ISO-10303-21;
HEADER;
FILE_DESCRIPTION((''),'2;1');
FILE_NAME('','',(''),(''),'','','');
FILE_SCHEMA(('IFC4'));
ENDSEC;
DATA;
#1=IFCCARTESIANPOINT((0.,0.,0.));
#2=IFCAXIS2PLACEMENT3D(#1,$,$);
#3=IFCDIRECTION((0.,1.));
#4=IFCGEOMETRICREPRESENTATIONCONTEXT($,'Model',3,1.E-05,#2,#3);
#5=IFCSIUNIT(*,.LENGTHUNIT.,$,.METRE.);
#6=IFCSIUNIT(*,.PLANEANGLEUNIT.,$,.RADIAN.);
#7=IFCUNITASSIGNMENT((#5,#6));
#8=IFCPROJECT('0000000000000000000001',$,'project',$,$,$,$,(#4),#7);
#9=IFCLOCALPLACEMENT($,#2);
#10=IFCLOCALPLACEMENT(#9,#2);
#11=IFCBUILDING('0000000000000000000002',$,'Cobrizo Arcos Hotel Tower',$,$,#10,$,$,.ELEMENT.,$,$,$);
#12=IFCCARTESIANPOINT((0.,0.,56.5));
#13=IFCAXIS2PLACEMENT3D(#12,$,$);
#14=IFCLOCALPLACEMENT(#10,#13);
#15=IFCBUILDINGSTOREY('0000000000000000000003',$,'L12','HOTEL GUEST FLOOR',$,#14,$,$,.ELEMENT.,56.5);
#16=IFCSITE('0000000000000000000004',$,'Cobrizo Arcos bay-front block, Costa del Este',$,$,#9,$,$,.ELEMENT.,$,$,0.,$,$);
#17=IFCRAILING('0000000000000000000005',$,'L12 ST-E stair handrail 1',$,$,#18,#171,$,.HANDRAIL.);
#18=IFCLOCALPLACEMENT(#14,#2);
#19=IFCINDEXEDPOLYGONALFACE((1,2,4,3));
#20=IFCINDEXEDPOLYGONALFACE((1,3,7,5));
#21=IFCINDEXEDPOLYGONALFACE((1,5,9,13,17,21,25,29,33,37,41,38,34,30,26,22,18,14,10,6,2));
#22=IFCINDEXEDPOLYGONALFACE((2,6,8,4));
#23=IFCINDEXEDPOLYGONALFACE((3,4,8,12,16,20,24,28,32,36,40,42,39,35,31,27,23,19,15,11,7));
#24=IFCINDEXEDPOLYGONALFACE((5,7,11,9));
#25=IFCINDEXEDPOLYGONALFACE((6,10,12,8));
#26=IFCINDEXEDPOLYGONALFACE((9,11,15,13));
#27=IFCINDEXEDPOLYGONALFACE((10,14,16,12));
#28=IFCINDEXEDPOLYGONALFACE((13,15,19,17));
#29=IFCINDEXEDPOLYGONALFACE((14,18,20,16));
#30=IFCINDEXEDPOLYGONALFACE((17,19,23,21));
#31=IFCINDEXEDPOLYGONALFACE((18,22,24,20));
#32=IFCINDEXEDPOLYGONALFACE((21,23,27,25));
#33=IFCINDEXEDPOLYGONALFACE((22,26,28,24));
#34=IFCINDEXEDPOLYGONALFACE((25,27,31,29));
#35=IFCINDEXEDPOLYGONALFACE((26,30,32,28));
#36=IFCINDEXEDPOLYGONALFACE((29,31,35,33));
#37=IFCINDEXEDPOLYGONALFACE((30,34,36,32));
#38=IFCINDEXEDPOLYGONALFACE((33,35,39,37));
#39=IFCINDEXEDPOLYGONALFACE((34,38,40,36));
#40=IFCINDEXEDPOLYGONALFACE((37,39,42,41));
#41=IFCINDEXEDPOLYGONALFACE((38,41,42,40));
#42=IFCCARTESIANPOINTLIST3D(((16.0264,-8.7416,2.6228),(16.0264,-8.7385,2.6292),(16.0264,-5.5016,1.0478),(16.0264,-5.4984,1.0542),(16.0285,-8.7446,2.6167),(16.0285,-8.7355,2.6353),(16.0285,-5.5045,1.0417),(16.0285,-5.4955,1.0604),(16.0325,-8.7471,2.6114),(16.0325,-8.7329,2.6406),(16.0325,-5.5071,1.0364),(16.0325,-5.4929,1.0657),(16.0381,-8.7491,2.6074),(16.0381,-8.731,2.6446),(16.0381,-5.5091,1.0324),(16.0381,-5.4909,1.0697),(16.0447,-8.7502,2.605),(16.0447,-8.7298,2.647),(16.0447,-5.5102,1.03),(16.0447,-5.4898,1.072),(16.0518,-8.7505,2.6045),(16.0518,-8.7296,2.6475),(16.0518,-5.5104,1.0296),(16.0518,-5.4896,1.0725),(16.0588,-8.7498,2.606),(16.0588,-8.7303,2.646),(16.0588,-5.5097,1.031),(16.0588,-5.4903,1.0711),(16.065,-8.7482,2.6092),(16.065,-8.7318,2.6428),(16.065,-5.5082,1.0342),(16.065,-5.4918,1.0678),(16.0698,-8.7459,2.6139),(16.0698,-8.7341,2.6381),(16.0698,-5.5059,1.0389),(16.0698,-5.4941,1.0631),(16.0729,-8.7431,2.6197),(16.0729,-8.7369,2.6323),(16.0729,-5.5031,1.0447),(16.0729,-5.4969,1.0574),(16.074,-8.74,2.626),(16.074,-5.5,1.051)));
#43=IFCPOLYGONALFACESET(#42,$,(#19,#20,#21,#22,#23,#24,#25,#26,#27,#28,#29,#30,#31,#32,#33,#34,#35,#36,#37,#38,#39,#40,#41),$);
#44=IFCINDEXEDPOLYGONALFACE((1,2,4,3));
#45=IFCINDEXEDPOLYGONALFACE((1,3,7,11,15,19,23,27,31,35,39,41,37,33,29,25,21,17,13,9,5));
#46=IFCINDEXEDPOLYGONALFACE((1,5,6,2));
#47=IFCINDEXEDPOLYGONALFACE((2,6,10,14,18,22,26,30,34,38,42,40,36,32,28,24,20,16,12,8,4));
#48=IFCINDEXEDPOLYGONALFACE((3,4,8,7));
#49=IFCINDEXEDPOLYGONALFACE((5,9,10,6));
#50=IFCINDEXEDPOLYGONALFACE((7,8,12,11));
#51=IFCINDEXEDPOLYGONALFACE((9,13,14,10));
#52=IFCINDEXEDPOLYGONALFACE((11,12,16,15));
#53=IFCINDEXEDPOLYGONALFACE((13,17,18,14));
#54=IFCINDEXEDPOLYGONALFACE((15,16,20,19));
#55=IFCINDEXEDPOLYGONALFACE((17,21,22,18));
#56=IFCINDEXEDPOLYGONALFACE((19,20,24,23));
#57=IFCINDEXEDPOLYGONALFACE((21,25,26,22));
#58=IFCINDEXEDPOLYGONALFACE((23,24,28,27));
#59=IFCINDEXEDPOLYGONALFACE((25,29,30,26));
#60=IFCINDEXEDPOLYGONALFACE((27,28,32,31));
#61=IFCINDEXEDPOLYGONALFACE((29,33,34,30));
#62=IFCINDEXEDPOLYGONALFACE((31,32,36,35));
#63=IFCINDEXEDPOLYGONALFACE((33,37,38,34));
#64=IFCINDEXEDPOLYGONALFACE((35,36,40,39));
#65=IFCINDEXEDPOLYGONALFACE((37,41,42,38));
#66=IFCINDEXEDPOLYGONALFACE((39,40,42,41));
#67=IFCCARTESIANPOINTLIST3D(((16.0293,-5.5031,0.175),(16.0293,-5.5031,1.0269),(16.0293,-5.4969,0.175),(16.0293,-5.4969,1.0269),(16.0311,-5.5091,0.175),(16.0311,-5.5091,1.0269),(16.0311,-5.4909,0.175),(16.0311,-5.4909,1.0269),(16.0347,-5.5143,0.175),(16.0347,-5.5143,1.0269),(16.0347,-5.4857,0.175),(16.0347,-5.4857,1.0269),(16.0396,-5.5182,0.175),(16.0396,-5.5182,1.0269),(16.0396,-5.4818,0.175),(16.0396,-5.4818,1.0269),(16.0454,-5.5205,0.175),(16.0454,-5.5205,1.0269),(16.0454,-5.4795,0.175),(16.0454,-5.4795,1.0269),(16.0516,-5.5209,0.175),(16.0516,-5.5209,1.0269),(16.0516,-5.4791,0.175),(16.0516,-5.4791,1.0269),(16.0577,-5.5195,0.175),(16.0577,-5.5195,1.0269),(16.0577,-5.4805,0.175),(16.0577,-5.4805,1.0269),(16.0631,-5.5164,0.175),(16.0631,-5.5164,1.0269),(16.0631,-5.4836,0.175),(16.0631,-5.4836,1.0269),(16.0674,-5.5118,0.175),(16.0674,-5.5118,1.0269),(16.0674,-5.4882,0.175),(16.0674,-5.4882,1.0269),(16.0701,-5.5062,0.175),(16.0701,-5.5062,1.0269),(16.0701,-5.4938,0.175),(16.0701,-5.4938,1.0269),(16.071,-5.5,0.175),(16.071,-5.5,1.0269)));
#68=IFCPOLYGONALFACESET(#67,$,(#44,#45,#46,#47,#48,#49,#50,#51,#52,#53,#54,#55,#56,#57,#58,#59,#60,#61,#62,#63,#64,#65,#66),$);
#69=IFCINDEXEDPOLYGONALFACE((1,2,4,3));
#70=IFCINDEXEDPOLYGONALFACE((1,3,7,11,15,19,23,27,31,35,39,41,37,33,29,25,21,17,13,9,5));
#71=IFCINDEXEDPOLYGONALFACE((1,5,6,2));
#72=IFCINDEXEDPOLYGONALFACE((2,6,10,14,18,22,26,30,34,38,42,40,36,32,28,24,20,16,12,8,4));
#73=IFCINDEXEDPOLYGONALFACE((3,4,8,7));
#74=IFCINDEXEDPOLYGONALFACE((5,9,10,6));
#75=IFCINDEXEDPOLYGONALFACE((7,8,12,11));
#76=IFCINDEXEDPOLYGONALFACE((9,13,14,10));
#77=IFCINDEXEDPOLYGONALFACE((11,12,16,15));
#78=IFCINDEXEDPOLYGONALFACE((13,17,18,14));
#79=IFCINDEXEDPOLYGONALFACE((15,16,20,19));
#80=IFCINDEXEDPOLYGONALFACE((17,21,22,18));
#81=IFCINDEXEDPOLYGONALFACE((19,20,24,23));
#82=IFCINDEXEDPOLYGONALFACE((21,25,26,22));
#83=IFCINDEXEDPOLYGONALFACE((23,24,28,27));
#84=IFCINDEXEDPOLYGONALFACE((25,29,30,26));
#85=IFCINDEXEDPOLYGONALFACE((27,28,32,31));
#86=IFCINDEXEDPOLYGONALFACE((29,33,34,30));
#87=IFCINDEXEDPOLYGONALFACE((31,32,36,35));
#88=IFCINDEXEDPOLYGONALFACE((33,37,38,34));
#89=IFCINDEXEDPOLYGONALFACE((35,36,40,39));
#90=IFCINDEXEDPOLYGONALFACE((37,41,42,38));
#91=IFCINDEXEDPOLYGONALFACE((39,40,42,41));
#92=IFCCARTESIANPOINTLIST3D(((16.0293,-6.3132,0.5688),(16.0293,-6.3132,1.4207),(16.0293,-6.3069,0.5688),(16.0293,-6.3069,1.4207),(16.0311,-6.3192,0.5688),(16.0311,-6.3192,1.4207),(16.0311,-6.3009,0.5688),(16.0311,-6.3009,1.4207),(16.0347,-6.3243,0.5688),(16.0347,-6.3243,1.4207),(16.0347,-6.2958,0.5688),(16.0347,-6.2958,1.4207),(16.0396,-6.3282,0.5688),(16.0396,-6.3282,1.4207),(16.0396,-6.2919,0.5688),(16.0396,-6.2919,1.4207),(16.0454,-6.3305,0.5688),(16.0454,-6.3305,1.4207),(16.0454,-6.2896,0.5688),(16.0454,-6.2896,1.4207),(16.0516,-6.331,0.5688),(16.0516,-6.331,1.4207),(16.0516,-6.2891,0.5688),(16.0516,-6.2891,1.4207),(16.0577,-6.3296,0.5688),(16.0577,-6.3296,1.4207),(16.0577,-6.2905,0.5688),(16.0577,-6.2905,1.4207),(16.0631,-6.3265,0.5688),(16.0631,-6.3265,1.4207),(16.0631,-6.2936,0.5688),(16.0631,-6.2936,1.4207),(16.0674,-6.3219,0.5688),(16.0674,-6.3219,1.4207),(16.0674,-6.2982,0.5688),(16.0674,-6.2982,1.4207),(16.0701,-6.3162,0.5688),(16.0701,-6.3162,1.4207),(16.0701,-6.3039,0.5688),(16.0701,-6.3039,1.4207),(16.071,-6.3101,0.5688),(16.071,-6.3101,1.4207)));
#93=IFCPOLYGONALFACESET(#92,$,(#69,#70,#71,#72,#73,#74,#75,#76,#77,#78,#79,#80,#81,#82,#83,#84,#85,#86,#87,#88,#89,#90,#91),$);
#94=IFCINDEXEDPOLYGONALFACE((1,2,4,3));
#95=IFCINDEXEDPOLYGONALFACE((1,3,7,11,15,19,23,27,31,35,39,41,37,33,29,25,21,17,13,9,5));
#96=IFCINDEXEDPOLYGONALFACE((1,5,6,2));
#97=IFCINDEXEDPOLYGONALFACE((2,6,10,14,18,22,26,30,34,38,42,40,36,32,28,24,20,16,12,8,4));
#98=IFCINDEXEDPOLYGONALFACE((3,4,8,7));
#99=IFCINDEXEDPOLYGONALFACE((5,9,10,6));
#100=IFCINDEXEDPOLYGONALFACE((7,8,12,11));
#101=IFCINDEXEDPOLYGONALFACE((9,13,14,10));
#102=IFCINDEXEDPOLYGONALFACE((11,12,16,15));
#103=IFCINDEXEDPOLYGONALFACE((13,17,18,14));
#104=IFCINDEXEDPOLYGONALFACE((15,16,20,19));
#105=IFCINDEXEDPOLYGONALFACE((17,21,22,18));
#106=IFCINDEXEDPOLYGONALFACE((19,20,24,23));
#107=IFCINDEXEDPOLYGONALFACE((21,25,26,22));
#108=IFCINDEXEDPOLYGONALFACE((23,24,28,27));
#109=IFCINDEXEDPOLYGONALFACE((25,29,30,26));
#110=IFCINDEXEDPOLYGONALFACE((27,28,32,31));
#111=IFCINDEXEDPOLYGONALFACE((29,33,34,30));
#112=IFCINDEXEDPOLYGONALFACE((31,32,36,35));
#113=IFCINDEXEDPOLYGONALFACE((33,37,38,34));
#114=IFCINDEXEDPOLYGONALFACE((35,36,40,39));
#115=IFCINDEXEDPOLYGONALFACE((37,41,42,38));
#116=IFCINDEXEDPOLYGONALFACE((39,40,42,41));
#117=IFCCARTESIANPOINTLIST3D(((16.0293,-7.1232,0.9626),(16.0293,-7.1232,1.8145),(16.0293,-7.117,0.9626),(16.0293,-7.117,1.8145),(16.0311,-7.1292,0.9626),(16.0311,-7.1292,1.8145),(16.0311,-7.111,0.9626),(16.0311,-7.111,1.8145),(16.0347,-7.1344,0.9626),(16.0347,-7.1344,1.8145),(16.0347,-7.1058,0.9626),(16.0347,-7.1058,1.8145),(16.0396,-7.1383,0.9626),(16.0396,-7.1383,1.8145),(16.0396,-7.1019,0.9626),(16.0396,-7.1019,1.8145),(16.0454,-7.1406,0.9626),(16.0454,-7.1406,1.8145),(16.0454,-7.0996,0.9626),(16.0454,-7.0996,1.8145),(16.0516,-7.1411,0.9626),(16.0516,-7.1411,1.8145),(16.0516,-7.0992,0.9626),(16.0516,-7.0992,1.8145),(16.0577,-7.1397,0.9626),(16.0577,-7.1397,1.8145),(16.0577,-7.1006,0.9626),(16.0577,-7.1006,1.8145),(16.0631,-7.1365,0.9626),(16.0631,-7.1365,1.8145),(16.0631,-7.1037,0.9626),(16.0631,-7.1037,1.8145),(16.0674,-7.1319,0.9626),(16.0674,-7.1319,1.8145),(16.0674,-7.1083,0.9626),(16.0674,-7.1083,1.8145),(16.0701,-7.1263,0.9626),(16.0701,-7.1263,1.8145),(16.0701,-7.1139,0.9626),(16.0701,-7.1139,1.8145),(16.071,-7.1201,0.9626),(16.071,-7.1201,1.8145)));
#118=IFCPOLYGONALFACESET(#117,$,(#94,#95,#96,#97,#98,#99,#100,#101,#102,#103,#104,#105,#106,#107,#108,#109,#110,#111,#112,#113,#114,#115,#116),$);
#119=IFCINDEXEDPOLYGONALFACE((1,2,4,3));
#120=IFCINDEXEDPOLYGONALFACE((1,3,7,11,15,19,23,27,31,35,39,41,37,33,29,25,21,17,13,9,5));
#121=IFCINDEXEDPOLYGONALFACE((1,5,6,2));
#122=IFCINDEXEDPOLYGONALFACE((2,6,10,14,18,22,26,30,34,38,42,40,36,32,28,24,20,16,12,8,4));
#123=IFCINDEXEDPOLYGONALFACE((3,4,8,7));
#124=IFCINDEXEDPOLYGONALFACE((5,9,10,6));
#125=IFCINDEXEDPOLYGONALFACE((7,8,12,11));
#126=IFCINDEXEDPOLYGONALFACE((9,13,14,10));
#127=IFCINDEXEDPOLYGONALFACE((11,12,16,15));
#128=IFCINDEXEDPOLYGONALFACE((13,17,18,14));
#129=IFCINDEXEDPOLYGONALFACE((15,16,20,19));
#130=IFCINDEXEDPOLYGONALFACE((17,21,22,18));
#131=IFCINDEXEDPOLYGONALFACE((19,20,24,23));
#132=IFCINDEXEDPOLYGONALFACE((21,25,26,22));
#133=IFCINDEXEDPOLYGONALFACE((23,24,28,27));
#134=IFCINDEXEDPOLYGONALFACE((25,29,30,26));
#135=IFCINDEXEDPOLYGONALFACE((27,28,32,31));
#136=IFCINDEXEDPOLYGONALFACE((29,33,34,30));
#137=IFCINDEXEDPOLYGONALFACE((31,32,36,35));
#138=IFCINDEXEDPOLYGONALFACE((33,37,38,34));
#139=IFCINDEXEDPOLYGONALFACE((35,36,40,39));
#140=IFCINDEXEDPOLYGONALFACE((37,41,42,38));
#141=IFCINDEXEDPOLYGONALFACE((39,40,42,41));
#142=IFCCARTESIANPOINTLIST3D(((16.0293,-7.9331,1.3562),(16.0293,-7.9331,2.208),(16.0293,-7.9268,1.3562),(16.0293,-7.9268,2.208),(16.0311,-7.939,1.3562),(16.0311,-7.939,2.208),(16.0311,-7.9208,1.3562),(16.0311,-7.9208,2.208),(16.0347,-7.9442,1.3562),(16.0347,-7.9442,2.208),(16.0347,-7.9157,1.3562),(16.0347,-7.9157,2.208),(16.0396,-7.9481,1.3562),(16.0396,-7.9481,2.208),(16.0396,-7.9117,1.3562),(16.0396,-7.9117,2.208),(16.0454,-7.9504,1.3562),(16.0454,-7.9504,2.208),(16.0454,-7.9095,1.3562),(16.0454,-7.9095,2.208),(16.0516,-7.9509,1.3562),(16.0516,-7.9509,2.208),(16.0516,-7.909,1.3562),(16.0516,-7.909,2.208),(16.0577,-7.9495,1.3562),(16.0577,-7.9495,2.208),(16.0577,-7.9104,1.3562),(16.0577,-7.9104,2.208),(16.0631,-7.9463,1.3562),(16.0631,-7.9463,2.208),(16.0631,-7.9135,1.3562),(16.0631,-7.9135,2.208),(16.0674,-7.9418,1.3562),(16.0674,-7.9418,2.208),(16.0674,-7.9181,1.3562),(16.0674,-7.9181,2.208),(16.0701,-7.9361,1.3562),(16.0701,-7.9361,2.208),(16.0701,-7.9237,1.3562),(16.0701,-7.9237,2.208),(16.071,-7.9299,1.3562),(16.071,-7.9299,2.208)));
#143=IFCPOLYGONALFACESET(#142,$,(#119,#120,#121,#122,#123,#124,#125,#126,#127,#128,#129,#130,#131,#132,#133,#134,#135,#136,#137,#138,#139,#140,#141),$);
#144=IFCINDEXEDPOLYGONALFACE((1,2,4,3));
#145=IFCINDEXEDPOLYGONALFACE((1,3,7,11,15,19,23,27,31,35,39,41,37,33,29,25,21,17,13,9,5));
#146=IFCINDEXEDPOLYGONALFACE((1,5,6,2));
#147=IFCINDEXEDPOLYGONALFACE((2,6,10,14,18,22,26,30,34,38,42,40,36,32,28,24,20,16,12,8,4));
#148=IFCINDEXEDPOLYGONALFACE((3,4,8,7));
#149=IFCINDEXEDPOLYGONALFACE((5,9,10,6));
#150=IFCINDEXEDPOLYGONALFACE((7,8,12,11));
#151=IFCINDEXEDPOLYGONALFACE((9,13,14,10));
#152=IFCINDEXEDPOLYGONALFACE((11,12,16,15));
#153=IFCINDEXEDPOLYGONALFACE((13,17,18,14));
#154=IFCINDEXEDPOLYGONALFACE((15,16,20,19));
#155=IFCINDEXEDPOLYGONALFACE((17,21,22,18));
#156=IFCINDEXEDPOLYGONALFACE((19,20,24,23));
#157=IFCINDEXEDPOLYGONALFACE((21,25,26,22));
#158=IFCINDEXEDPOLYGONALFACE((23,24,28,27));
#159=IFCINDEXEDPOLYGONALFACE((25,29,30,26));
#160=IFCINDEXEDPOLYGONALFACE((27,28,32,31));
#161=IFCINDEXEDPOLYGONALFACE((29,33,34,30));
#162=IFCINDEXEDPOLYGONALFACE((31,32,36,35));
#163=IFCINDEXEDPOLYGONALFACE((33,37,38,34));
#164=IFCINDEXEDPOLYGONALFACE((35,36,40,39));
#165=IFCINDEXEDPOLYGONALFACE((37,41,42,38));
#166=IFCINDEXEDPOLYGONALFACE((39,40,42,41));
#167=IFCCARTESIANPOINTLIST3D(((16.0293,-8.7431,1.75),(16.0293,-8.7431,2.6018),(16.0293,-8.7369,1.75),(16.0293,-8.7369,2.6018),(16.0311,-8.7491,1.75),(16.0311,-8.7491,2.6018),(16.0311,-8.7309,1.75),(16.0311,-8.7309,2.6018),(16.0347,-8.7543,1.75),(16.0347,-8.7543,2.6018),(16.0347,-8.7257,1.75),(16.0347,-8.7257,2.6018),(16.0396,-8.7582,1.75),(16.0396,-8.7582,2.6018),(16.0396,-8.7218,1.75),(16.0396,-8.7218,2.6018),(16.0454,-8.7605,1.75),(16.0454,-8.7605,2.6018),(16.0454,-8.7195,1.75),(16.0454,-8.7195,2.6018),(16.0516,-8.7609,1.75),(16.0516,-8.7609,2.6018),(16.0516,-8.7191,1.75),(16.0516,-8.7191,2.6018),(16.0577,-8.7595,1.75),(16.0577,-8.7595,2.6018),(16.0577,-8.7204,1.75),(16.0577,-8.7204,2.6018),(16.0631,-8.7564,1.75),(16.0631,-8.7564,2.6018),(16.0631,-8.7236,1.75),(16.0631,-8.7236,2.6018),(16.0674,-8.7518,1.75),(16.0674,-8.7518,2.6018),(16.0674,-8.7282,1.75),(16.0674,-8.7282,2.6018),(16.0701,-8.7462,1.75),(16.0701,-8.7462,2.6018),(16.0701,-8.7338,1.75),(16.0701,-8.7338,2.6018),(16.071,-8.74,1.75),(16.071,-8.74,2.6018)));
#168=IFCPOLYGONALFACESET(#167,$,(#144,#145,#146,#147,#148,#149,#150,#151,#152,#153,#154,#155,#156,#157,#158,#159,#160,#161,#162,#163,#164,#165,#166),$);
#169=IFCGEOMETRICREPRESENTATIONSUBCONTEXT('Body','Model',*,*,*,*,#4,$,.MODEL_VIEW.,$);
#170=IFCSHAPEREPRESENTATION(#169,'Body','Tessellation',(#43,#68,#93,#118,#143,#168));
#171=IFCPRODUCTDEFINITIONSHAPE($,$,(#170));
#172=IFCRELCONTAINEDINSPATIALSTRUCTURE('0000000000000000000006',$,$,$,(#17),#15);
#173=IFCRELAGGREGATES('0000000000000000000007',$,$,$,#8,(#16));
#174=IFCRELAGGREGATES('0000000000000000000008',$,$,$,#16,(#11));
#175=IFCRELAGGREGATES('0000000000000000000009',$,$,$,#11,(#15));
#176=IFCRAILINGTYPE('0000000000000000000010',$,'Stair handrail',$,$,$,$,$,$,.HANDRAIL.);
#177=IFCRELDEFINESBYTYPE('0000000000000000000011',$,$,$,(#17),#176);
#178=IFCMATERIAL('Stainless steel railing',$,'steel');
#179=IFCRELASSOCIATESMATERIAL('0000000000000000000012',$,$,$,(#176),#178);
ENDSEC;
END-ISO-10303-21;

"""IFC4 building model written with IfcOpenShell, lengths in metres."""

from ifc_helpers import new_model, si_unit, direction, frame, origin, origin_2d, place, context, subcontext, project, spatial, circle, extrude, material, type_object, element, save


model = new_model("IFC4")

# Units and contexts
model_context = context("Model", 3, precision=1e-05, world=origin(), true_north=direction((0.0, 1.0)))
body_context = subcontext(model_context, "Body", "Model", "MODEL_VIEW")
ifc_project = project(units=[si_unit("LENGTHUNIT", "METRE"), si_unit("PLANEANGLEUNIT", "RADIAN")], contexts=[model_context])

# Site, building, storey
site_placement = place(None, origin())
site = spatial("IfcSite", under=ifc_project, at=site_placement, Name="Cobrizo Arcos bay-front block, Costa del Este", CompositionType="ELEMENT", RefElevation=0.0)
building_placement = place(site_placement, origin())
building = spatial("IfcBuilding", under=site, at=building_placement, Name="Cobrizo Arcos Hotel Tower", CompositionType="ELEMENT")
storey_placement = place(building_placement, frame((0.0, 0.0, 56.5)))
storey = spatial("IfcBuildingStorey", under=building, at=storey_placement, Name="L12", Description="HOTEL GUEST FLOOR", CompositionType="ELEMENT", Elevation=56.5)

# Railing
ifc_material_1 = material(Name="Stainless steel railing", Category="steel")
railing_type_1 = type_object("IfcRailingType", Name="Stair handrail", PredefinedType="HANDRAIL", material=ifc_material_1)
railing_1_placement = place(storey_placement, frame((16.05, -5.5, 0.175)))
element("IfcRailing", 1, at=railing_1_placement, inside=storey, type_object=railing_type_1, Name="L12 ST-E stair handrail 1", PredefinedType="HANDRAIL", context=body_context, shape_type="SweptSolid", body=[
    extrude(circle(Radius=0.0239, at=origin_2d()), frame((0.0, 0.0, 0.876), z_axis=(0.0, -0.899373, 0.437183), x_axis=(1.0, 0.0, 0.0)), (0.0, 0.0, 1.0), 3.6025),
    extrude(circle(Radius=0.021, at=origin_2d()), origin(), (0.0, 0.0, 1.0), 0.8518),
    extrude(circle(Radius=0.021, at=origin_2d()), frame((0.0, -0.8101, 0.3938)), (0.0, 0.0, 1.0), 0.8518),
    extrude(circle(Radius=0.021, at=origin_2d()), frame((0.0, -1.6201, 0.7876)), (0.0, 0.0, 1.0), 0.8518),
    extrude(circle(Radius=0.021, at=origin_2d()), frame((0.0, -2.4299, 1.1812)), (0.0, 0.0, 1.0), 0.8518),
    extrude(circle(Radius=0.021, at=origin_2d()), frame((0.0, -3.24, 1.575)), (0.0, 0.0, 1.0), 0.8518),
])

save(model, "model.ifc")
